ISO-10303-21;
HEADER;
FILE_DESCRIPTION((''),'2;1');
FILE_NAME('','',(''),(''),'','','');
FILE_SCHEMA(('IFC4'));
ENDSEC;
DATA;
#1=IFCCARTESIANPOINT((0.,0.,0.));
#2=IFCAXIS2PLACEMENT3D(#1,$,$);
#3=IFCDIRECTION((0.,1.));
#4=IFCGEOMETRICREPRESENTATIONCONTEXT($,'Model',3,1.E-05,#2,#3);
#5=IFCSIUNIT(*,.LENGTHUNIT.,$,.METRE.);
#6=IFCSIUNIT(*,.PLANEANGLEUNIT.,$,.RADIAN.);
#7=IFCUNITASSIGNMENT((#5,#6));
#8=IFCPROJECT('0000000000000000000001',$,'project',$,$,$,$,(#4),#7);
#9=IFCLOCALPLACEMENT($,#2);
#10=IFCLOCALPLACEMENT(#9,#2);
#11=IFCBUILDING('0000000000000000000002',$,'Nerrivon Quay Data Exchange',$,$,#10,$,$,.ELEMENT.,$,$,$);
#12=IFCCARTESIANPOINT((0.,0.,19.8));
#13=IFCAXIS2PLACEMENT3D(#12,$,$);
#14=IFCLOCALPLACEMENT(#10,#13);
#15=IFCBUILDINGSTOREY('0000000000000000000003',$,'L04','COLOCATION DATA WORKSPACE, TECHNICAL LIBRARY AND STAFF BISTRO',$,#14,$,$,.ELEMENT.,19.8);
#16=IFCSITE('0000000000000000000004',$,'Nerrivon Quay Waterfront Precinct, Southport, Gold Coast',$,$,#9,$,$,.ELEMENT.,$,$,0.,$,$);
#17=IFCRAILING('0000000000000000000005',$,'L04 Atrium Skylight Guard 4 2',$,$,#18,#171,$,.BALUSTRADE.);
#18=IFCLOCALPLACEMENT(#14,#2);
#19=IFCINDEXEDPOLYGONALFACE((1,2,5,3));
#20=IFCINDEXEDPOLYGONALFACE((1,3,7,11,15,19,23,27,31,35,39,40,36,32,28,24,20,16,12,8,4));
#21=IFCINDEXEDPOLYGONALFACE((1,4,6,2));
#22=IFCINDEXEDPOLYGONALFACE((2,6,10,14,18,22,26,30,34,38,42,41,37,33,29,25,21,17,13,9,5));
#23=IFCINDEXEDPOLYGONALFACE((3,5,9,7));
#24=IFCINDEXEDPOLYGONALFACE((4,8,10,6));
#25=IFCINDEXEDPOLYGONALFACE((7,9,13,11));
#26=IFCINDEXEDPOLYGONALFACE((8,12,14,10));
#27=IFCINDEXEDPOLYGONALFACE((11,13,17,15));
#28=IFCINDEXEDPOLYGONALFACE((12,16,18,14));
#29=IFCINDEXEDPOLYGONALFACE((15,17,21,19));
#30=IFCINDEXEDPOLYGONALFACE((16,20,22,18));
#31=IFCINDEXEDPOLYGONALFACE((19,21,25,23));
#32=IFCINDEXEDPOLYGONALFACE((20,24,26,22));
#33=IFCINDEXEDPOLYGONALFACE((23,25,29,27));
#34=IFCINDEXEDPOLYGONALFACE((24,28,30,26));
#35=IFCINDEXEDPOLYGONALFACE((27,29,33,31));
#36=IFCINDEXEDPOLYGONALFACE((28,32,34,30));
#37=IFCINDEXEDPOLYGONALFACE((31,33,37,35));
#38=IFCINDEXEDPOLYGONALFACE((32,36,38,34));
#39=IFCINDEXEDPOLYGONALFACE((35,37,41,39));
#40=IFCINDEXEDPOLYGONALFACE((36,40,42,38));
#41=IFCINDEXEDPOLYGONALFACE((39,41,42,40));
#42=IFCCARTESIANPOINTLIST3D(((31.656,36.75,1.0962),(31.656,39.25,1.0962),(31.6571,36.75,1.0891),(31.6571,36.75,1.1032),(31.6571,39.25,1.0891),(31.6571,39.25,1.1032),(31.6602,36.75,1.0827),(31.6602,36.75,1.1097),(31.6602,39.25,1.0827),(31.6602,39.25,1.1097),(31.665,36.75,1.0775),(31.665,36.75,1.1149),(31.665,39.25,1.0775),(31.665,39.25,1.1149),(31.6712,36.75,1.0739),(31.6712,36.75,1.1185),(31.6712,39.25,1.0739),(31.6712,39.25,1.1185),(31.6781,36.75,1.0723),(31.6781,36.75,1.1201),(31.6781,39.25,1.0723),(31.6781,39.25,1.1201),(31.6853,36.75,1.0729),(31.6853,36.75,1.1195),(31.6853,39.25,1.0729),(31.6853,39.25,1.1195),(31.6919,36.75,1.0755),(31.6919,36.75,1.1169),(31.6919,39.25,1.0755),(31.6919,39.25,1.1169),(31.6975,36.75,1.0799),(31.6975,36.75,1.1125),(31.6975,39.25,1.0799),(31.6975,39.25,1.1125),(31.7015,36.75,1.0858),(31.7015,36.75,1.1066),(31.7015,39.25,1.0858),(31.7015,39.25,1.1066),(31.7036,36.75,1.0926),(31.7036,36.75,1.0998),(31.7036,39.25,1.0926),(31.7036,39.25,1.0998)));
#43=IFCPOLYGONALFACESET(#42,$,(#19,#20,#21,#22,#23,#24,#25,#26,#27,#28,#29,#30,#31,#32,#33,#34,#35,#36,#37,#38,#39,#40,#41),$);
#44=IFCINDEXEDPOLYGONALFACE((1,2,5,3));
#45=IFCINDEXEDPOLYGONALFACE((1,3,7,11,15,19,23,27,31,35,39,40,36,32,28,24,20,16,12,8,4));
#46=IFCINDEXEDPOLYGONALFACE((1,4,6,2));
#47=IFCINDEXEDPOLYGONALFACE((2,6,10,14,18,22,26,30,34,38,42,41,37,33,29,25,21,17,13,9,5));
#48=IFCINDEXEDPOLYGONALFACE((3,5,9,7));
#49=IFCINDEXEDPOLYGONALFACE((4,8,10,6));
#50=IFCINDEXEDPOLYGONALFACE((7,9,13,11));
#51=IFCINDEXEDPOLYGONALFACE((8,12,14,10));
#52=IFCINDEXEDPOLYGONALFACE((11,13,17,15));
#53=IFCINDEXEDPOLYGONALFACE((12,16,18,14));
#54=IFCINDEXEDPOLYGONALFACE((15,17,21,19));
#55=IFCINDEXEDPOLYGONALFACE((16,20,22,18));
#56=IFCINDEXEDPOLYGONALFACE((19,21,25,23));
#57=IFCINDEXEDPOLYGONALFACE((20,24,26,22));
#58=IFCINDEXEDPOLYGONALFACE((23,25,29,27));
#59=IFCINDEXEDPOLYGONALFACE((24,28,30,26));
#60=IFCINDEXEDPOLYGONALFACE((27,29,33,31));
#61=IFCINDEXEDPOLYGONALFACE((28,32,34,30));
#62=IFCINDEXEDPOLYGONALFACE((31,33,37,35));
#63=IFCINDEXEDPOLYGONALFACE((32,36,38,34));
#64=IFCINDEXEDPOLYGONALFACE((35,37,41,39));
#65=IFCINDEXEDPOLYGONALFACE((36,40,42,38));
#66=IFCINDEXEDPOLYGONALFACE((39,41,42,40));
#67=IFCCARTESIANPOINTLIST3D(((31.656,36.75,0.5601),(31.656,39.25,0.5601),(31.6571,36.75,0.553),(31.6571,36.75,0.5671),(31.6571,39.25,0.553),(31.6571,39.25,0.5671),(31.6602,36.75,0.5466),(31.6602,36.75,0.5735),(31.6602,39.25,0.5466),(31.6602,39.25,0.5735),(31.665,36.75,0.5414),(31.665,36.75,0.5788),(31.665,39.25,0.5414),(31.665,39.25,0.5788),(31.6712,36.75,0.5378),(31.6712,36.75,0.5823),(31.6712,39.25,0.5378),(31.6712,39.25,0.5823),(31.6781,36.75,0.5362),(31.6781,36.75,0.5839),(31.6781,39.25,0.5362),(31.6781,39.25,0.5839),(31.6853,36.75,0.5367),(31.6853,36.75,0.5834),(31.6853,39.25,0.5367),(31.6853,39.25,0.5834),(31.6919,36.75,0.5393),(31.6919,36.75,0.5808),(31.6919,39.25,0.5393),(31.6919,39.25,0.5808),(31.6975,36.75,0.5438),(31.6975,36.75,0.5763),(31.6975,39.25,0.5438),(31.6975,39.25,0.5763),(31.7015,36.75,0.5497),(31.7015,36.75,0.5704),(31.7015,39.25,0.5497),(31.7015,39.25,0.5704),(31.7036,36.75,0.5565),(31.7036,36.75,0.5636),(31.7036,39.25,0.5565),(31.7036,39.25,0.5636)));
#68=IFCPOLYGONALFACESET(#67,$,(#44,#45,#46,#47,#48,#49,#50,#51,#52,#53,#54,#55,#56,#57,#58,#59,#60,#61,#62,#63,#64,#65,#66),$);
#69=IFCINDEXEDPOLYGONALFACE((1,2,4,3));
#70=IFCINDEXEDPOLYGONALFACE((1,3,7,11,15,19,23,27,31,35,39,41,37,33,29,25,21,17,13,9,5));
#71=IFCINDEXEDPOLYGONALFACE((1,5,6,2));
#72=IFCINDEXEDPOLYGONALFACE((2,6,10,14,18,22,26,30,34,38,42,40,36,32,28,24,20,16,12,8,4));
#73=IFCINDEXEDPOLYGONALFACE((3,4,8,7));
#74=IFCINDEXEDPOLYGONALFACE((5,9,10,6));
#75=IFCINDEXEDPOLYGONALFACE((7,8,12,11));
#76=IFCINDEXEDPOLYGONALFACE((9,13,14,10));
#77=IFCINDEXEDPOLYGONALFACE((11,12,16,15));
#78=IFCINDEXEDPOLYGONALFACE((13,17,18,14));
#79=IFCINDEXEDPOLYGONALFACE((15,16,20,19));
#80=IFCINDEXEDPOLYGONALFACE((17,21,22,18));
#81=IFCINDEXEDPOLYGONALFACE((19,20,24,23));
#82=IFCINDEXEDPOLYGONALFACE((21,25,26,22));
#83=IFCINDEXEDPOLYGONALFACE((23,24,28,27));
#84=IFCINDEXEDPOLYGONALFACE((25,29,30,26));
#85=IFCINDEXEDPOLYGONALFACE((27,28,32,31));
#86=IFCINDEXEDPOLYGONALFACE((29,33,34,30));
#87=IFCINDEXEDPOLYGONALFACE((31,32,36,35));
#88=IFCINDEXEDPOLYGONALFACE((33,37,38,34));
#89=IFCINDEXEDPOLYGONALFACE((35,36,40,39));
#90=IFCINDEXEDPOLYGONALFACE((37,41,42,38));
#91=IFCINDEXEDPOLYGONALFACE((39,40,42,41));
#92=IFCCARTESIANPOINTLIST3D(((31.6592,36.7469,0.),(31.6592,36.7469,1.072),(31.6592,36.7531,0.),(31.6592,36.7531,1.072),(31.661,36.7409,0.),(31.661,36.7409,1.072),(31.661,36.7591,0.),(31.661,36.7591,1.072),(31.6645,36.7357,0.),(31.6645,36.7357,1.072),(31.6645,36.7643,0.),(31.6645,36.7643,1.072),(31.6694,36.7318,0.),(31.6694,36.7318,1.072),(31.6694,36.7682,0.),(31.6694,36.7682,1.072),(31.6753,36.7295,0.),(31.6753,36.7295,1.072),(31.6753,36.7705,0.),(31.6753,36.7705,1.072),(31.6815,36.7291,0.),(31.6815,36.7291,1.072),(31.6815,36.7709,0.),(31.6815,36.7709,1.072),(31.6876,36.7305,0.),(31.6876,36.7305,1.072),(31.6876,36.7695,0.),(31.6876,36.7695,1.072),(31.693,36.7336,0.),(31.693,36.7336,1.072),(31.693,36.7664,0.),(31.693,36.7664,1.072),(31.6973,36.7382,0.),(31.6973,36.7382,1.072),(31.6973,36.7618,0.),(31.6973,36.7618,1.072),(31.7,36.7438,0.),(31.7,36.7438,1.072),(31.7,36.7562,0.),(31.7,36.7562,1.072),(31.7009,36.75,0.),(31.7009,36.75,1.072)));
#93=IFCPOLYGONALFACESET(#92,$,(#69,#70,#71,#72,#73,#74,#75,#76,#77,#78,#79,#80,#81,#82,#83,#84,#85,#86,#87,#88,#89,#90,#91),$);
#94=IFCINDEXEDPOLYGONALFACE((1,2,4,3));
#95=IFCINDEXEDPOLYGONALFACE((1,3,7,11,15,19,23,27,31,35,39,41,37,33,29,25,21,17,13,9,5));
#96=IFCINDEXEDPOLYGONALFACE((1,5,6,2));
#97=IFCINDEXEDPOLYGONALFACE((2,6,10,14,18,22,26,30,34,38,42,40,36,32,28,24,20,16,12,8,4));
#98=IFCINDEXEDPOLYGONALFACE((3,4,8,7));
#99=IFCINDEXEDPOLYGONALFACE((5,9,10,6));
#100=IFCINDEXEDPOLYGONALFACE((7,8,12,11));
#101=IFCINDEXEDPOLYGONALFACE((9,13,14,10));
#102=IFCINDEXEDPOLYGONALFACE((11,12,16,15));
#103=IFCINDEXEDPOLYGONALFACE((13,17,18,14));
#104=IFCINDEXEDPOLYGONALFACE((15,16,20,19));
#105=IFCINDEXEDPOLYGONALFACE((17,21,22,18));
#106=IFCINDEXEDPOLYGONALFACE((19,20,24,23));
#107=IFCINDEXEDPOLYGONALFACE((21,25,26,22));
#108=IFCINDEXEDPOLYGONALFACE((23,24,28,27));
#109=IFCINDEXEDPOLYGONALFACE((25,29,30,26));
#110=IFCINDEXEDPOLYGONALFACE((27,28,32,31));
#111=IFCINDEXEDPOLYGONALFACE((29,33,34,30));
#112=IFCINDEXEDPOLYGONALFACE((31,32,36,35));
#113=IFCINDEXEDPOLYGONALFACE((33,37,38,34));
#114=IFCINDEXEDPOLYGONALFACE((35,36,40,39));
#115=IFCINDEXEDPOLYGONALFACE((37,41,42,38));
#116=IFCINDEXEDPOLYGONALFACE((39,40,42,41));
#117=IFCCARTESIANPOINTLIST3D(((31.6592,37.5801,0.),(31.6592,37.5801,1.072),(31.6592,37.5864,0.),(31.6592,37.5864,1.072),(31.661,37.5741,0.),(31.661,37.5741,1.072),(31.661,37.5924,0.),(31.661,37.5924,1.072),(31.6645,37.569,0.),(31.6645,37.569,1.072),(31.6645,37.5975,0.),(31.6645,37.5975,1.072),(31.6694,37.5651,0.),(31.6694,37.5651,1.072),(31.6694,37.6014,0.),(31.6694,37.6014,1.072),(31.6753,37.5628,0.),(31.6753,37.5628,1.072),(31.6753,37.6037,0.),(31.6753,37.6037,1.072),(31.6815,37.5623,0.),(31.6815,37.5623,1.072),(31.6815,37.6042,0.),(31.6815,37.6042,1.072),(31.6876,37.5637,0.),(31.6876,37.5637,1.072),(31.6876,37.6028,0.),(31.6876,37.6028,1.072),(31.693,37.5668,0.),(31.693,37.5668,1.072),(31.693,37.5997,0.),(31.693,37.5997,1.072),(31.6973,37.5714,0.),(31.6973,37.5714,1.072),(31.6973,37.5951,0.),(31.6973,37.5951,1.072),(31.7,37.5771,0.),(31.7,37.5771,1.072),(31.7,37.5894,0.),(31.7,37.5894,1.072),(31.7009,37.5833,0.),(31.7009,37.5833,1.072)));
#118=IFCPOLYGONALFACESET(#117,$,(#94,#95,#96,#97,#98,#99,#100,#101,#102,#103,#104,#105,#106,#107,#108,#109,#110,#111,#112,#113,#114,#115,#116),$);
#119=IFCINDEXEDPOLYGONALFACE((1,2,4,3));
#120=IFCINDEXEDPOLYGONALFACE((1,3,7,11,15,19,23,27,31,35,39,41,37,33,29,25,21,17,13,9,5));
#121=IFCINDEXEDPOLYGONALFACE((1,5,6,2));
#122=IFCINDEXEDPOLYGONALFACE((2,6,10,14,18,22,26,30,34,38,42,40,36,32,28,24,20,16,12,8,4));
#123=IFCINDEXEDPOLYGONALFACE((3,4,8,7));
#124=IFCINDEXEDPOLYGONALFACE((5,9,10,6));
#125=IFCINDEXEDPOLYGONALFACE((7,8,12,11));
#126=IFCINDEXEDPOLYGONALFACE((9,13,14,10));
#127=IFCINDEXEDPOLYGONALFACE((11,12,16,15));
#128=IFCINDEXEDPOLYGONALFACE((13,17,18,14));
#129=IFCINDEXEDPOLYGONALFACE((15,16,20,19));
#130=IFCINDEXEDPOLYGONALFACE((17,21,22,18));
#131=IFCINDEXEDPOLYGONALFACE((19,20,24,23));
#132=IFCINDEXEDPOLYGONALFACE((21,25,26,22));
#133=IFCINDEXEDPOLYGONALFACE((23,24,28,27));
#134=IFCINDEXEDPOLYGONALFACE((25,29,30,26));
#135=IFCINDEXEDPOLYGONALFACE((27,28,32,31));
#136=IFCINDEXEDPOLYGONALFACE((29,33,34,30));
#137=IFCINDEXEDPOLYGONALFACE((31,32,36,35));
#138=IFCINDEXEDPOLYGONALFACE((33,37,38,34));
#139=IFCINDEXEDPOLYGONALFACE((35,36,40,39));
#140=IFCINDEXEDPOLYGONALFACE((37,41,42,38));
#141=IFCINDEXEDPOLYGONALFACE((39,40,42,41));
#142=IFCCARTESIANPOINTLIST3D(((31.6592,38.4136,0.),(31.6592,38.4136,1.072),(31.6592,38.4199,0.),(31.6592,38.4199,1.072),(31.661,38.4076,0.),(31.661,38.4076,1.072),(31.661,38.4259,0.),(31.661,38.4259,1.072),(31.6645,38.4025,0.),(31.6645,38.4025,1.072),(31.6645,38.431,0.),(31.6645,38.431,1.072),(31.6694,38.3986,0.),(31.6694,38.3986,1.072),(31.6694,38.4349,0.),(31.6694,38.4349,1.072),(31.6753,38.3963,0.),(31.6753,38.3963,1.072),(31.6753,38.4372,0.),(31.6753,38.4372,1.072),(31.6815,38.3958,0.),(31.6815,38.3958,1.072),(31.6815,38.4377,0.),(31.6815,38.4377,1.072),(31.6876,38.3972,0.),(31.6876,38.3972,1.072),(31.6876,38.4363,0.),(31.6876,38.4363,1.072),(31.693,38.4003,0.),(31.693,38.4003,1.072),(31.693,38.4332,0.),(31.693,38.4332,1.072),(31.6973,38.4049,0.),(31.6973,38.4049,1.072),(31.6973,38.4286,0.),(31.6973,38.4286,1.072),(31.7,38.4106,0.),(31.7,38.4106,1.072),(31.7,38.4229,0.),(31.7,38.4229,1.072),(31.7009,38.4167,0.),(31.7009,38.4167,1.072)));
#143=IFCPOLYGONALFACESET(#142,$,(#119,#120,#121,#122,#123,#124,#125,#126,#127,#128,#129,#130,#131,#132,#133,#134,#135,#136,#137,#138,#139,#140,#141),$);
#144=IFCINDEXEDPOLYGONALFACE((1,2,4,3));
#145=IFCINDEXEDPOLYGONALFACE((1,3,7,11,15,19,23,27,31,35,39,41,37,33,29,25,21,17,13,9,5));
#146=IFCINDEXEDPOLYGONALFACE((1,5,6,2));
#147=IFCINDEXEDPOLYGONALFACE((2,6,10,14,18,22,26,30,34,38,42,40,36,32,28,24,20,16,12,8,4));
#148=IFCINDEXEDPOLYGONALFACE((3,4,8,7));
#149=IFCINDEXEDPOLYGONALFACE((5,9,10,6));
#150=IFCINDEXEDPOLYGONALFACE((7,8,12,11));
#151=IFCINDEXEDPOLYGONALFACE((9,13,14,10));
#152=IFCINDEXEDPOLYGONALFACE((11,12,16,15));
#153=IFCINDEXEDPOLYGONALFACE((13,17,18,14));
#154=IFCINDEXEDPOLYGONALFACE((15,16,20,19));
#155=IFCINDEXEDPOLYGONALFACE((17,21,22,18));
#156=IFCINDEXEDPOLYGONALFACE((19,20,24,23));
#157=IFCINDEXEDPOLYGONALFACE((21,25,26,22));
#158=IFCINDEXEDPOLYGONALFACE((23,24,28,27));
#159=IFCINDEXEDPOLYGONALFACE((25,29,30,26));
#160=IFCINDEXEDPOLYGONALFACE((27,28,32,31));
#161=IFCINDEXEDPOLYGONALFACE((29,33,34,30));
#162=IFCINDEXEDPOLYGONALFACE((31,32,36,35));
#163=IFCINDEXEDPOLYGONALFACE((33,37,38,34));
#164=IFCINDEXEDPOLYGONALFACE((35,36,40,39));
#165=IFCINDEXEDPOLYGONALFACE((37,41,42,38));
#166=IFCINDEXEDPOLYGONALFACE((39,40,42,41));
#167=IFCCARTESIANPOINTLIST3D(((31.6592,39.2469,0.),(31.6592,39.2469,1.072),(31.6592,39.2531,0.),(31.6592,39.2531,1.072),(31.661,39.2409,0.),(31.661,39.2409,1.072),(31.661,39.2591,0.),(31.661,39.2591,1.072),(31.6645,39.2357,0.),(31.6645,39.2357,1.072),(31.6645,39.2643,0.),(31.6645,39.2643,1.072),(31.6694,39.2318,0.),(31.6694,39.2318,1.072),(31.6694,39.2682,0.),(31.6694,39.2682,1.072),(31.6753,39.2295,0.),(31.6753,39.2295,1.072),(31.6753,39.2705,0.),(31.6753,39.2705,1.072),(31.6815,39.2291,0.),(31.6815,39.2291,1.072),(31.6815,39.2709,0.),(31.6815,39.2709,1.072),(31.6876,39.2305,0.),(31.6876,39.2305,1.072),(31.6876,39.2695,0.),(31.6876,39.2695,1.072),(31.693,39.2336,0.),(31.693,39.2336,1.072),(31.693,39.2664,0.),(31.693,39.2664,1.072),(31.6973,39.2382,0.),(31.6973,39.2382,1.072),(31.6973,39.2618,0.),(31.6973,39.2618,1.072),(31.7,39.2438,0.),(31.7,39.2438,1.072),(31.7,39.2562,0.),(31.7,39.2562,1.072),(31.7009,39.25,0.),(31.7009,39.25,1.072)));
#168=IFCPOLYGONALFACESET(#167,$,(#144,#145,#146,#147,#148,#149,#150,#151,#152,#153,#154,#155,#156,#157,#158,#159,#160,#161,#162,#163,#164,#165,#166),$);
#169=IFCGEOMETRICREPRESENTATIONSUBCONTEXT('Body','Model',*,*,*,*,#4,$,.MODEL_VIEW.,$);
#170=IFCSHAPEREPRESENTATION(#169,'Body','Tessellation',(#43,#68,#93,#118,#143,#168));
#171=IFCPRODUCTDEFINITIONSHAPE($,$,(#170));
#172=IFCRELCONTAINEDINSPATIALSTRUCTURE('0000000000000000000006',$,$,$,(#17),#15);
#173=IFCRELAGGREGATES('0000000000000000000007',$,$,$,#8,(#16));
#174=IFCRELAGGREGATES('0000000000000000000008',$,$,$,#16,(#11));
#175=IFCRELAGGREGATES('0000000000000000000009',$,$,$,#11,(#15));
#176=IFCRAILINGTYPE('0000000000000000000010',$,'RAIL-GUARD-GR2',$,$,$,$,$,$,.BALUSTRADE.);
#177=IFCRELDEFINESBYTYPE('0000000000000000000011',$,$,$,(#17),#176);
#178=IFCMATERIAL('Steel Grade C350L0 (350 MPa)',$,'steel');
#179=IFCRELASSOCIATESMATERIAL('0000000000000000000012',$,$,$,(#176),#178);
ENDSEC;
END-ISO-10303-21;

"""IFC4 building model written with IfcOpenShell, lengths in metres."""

from ifc_helpers import new_model, si_unit, direction, frame, origin, origin_2d, place, context, subcontext, project, spatial, circle, extrude, material, type_object, element, save


model = new_model("IFC4")

# Units and contexts
model_context = context("Model", 3, precision=1e-05, world=origin(), true_north=direction((0.0, 1.0)))
body_context = subcontext(model_context, "Body", "Model", "MODEL_VIEW")
ifc_project = project(units=[si_unit("LENGTHUNIT", "METRE"), si_unit("PLANEANGLEUNIT", "RADIAN")], contexts=[model_context])

# Site, building, storey
site_placement = place(None, origin())
site = spatial("IfcSite", under=ifc_project, at=site_placement, Name="Nerrivon Quay Waterfront Precinct, Southport, Gold Coast", CompositionType="ELEMENT", RefElevation=0.0)
building_placement = place(site_placement, origin())
building = spatial("IfcBuilding", under=site, at=building_placement, Name="Nerrivon Quay Data Exchange", CompositionType="ELEMENT")
storey_placement = place(building_placement, frame((0.0, 0.0, 19.8)))
storey = spatial("IfcBuildingStorey", under=building, at=storey_placement, Name="L04", Description="COLOCATION DATA WORKSPACE, TECHNICAL LIBRARY AND STAFF BISTRO", CompositionType="ELEMENT", Elevation=19.8)

# Railing
ifc_material_1 = material(Name="Steel Grade C350L0 (350 MPa)", Category="steel")
railing_type = type_object("IfcRailingType", Name="RAIL-GUARD-GR2", PredefinedType="BALUSTRADE", material=ifc_material_1)
railing_1_placement = place(storey_placement, frame((31.6799, 36.75, 0.0)))
element("IfcRailing", 1, at=railing_1_placement, inside=storey, type_object=railing_type, Name="L04 Atrium Skylight Guard 4 2", PredefinedType="BALUSTRADE", context=body_context, shape_type="SweptSolid", body=[
    extrude(circle(Radius=0.0239, at=origin_2d()), frame((0.0, 0.0, 1.0962), z_axis=(0.0, 1.0, 0.0), x_axis=(-1.0, 0.0, 0.0)), (0.0, 0.0, 1.0), 2.5),
    extrude(circle(Radius=0.0239, at=origin_2d()), frame((0.0, 0.0, 0.5601), z_axis=(0.0, 1.0, 0.0), x_axis=(-1.0, 0.0, 0.0)), (0.0, 0.0, 1.0), 2.5),
    extrude(circle(Radius=0.021, at=origin_2d()), origin(), (0.0, 0.0, 1.0), 1.072),
    extrude(circle(Radius=0.021, at=origin_2d()), frame((0.0, 0.8333, 0.0)), (0.0, 0.0, 1.0), 1.072),
    extrude(circle(Radius=0.021, at=origin_2d()), frame((0.0, 1.6667, 0.0)), (0.0, 0.0, 1.0), 1.072),
    extrude(circle(Radius=0.021, at=origin_2d()), frame((0.0, 2.5, 0.0)), (0.0, 0.0, 1.0), 1.072),
])

save(model, "model.ifc")
